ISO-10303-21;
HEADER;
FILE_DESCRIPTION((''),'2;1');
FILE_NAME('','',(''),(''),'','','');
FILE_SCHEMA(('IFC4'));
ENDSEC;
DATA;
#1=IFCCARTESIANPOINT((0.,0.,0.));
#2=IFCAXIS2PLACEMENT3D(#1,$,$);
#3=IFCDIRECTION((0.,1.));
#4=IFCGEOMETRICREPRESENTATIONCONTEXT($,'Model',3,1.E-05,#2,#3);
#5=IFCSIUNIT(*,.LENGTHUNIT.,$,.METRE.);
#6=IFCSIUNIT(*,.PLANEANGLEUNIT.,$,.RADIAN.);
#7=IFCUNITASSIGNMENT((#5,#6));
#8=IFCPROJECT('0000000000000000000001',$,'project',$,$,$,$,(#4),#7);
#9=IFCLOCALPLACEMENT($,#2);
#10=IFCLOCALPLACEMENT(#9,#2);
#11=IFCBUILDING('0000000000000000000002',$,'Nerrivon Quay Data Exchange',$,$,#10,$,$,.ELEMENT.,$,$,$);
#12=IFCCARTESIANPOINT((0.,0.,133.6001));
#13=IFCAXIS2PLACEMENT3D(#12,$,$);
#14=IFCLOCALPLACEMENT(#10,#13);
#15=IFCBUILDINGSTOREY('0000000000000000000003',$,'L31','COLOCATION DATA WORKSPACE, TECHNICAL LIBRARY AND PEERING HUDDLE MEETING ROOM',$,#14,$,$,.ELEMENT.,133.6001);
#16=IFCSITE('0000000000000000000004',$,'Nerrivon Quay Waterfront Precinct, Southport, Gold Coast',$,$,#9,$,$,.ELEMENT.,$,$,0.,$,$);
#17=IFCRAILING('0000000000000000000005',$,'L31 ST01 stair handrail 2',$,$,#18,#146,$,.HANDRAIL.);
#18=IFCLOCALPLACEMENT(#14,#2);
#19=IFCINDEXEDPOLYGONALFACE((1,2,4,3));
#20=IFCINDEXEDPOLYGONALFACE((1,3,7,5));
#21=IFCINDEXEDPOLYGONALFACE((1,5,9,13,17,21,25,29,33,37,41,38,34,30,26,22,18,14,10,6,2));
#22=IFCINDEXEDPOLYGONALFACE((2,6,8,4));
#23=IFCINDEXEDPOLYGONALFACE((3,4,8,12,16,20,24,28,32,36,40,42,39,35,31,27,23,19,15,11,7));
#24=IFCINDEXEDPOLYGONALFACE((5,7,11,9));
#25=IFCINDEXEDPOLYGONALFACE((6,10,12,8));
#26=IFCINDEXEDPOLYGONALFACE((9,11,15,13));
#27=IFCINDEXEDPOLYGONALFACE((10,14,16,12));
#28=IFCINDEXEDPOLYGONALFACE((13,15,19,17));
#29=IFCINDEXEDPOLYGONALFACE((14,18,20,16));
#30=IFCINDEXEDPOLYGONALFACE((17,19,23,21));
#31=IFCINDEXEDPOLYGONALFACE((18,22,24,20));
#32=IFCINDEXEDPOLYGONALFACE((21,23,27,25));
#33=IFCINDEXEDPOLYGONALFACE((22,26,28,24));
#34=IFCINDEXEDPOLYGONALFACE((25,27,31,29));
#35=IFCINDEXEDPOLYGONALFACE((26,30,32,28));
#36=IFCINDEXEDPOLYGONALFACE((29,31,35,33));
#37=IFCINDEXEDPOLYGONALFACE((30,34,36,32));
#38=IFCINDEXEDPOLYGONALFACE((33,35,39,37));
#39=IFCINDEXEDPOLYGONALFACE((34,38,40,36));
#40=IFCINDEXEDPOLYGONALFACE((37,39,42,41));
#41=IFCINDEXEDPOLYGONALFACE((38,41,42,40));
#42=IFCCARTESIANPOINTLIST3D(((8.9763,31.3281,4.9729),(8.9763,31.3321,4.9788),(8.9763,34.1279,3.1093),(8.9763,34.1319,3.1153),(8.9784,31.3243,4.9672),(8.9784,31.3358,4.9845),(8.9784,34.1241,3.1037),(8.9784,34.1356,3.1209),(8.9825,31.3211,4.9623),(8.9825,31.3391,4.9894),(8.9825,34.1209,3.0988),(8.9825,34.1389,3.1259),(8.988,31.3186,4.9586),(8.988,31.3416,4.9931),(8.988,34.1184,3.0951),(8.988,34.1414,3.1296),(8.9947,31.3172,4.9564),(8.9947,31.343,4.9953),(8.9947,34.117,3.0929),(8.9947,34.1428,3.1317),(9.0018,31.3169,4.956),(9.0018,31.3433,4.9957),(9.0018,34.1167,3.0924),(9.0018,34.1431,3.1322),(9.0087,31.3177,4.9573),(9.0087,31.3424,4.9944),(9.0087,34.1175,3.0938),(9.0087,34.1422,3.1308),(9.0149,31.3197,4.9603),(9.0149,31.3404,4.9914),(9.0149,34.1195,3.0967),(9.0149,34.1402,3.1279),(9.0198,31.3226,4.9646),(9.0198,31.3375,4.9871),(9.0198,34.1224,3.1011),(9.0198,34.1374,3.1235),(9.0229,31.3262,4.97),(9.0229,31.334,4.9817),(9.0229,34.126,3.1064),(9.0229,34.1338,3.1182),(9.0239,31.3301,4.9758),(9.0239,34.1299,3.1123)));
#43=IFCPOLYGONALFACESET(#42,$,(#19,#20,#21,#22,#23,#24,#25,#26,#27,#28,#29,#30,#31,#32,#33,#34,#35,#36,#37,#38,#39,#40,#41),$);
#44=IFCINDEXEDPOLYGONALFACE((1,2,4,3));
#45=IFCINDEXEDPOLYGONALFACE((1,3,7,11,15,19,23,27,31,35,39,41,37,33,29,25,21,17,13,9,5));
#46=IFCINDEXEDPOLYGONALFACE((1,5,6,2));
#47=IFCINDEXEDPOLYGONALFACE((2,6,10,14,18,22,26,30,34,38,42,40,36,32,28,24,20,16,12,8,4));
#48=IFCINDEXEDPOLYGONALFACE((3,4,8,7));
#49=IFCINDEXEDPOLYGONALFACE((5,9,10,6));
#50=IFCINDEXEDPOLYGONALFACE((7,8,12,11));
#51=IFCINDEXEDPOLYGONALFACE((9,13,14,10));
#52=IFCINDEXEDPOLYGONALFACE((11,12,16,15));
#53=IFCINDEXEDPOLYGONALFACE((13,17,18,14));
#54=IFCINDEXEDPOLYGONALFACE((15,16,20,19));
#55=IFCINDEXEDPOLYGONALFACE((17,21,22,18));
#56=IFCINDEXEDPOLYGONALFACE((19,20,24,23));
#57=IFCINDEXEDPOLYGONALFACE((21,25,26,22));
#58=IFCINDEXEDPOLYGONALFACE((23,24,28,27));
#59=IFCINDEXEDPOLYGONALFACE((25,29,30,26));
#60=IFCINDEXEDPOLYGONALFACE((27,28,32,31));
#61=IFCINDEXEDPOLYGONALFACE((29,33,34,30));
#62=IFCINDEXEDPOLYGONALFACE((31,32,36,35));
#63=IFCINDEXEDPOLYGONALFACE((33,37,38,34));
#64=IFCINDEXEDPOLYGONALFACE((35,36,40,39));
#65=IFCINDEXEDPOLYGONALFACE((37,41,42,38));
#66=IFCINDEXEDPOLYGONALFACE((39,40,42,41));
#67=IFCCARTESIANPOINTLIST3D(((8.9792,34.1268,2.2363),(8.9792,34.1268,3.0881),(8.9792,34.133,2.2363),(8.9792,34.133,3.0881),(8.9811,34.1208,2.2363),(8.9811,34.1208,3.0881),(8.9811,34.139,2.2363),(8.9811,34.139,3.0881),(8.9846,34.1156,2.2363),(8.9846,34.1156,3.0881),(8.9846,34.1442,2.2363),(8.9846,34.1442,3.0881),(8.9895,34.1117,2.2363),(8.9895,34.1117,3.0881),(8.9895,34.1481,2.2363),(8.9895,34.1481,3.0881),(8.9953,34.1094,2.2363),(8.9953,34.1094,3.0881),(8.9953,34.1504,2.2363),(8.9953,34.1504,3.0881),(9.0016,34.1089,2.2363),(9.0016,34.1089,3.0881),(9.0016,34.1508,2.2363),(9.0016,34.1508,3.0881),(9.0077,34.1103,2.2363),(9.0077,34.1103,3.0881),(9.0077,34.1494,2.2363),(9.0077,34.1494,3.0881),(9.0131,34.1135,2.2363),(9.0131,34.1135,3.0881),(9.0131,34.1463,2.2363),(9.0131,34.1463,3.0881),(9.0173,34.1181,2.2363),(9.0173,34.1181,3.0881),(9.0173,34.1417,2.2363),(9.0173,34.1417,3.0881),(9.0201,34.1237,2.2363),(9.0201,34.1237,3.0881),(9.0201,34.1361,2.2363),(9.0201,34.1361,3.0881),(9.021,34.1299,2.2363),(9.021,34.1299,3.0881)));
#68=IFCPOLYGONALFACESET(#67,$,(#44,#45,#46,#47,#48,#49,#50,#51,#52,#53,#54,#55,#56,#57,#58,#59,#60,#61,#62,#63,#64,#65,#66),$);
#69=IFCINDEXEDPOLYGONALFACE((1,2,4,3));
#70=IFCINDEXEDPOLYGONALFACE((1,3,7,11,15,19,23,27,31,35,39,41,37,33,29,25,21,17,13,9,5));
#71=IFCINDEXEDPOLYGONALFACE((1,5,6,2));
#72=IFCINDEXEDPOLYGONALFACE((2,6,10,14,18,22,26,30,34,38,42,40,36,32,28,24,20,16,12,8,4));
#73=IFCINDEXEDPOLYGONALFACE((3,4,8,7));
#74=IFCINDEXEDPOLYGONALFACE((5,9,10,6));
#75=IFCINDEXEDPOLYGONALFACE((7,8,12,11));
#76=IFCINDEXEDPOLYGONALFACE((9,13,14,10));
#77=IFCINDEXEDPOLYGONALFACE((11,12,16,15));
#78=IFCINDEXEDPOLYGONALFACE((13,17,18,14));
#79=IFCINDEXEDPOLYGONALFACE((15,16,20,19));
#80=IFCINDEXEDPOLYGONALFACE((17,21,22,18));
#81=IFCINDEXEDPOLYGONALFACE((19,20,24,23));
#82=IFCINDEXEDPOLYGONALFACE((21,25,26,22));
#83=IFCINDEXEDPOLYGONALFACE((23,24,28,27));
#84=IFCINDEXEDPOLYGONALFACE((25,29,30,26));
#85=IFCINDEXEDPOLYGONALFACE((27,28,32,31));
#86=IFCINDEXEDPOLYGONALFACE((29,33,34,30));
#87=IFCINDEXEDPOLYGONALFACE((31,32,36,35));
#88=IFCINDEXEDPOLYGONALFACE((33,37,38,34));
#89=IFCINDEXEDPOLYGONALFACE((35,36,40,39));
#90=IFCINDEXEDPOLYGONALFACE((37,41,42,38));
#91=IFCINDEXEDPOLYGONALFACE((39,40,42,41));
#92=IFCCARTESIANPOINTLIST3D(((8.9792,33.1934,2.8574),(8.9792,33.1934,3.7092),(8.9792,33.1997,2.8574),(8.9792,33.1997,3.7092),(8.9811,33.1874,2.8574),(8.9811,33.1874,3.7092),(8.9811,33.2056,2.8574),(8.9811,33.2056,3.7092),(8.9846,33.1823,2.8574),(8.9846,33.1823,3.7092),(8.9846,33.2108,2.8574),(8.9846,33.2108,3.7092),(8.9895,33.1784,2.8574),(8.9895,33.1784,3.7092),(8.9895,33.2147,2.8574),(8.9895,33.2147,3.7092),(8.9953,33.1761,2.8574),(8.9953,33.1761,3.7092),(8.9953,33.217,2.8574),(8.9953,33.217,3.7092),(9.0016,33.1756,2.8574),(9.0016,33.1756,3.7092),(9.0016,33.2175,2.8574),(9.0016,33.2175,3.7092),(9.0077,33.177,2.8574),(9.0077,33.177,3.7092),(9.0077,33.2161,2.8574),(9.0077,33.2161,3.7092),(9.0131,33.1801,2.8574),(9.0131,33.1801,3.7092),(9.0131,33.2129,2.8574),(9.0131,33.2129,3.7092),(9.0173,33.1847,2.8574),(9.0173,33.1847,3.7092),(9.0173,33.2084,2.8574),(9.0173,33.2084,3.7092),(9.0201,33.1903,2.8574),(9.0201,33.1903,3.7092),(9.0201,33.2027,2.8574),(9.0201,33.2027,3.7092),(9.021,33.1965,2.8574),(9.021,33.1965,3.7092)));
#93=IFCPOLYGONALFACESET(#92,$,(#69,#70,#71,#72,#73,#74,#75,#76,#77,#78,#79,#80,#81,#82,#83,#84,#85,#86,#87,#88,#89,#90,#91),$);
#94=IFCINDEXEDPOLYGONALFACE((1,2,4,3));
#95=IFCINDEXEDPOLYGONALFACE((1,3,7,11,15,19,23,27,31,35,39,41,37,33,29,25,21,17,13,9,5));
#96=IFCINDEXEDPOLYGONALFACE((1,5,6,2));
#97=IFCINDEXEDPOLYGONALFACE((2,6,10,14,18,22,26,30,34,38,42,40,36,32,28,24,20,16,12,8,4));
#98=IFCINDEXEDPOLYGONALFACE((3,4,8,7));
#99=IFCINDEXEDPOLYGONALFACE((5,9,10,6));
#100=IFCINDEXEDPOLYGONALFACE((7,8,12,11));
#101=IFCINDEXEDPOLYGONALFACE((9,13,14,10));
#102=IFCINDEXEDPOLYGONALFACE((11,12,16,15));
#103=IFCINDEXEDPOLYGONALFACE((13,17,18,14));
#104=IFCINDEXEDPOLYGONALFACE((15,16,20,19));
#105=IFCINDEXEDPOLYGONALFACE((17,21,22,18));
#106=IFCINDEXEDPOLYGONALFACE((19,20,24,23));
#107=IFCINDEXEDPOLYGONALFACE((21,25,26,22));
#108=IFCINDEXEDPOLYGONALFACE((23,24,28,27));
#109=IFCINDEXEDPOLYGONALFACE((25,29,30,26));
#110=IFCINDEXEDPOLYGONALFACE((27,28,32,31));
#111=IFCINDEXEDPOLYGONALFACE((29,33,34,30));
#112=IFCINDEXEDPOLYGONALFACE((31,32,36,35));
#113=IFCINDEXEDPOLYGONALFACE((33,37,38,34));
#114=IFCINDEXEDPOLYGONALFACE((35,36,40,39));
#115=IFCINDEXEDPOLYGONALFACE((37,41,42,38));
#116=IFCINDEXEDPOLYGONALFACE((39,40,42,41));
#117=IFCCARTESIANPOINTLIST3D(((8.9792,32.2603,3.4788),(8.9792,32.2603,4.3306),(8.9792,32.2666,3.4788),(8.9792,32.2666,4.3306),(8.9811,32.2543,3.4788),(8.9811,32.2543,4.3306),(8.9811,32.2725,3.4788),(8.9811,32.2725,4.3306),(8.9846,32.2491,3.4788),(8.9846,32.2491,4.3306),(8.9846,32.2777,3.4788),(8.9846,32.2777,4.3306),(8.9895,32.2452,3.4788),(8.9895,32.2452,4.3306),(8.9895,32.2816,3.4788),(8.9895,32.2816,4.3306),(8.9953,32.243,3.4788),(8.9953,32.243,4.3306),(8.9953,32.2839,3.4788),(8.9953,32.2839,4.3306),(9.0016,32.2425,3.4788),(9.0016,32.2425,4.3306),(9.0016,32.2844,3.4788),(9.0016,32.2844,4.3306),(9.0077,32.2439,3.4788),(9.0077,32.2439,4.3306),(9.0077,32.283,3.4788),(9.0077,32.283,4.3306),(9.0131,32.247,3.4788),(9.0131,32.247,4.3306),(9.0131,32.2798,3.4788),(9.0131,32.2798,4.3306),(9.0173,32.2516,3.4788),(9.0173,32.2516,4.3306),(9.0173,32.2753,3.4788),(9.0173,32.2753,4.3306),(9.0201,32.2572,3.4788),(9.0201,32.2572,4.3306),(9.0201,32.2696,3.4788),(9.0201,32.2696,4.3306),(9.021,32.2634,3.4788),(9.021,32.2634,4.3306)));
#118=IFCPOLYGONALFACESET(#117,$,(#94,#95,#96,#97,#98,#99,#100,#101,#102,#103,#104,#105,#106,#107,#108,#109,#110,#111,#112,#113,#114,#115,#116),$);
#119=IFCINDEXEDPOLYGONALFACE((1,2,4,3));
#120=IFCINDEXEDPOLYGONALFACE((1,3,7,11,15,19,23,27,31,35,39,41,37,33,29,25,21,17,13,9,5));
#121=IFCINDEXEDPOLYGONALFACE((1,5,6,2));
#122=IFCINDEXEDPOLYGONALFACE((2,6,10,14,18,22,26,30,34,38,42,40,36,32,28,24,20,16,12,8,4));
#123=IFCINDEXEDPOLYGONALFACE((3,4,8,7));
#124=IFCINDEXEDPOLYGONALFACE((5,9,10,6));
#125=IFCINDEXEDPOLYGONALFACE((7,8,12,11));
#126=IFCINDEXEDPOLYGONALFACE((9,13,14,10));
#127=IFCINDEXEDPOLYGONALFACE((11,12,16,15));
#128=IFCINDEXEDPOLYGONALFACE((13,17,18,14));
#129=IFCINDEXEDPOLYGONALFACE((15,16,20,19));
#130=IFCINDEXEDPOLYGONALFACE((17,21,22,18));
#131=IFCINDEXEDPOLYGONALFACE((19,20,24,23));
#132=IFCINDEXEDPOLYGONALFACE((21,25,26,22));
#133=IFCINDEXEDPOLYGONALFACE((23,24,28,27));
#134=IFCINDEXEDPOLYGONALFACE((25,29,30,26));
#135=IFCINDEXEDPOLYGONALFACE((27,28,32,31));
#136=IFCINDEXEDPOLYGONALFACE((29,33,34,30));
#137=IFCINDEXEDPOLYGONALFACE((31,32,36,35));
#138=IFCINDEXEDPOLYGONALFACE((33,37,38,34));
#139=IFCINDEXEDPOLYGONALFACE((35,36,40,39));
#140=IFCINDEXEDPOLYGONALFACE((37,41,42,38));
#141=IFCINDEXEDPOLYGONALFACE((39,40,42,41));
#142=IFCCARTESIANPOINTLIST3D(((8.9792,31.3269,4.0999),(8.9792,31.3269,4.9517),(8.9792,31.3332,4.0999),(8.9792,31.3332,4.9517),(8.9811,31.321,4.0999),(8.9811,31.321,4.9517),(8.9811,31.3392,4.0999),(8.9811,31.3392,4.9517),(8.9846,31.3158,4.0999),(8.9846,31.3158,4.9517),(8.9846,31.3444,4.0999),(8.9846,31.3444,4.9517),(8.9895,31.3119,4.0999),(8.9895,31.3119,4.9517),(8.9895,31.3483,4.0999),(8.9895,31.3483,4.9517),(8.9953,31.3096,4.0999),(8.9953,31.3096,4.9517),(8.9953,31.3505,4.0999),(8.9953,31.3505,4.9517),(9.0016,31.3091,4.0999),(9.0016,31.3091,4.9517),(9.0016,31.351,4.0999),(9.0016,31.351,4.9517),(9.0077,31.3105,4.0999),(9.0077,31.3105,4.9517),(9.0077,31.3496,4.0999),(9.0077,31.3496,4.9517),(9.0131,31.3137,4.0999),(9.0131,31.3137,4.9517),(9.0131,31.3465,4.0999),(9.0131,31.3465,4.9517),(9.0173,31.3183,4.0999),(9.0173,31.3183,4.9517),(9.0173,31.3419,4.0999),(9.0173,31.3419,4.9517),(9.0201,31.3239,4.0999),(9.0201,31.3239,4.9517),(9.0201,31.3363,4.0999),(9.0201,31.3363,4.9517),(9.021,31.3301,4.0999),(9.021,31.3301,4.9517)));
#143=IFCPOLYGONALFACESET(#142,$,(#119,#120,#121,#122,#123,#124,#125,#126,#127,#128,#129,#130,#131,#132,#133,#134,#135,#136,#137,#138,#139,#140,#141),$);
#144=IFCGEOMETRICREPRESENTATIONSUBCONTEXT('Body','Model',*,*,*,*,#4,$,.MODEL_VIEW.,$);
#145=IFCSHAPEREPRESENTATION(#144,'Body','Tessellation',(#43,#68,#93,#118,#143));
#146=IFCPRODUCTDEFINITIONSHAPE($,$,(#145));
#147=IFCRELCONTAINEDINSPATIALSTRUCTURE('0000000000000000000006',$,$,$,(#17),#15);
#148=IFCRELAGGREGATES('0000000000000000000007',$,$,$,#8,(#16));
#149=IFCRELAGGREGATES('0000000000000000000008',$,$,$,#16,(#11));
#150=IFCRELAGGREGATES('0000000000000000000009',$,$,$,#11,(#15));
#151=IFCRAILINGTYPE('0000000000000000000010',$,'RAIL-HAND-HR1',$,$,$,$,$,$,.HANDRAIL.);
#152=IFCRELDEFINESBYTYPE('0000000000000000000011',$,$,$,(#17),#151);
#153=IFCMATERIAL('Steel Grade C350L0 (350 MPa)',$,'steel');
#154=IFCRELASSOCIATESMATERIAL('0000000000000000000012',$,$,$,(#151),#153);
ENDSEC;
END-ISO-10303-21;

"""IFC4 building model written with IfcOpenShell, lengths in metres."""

from ifc_helpers import new_model, si_unit, direction, frame, origin, origin_2d, place, context, subcontext, project, spatial, circle, extrude, material, type_object, element, save


model = new_model("IFC4")

# Units and contexts
model_context = context("Model", 3, precision=1e-05, world=origin(), true_north=direction((0.0, 1.0)))
body_context = subcontext(model_context, "Body", "Model", "MODEL_VIEW")
ifc_project = project(units=[si_unit("LENGTHUNIT", "METRE"), si_unit("PLANEANGLEUNIT", "RADIAN")], contexts=[model_context])

# Site, building, storey
site_placement = place(None, origin())
site = spatial("IfcSite", under=ifc_project, at=site_placement, Name="Nerrivon Quay Waterfront Precinct, Southport, Gold Coast", CompositionType="ELEMENT", RefElevation=0.0)
building_placement = place(site_placement, origin())
building = spatial("IfcBuilding", under=site, at=building_placement, Name="Nerrivon Quay Data Exchange", CompositionType="ELEMENT")
storey_placement = place(building_placement, frame((0.0, 0.0, 133.6001)))
storey = spatial("IfcBuildingStorey", under=building, at=storey_placement, Name="L31", Description="COLOCATION DATA WORKSPACE, TECHNICAL LIBRARY AND PEERING HUDDLE MEETING ROOM", CompositionType="ELEMENT", Elevation=133.6001)

# Railing
ifc_material_1 = material(Name="Steel Grade C350L0 (350 MPa)", Category="steel")
railing_type_1 = type_object("IfcRailingType", Name="RAIL-HAND-HR1", PredefinedType="HANDRAIL", material=ifc_material_1)
railing_1_placement = place(storey_placement, frame((9.0, 34.1299, 2.2363)))
element("IfcRailing", 1, at=railing_1_placement, inside=storey, type_object=railing_type_1, Name="L31 ST01 stair handrail 2", PredefinedType="HANDRAIL", context=body_context, shape_type="SweptSolid", body=[
    extrude(circle(Radius=0.0239, at=origin_2d()), frame((0.0, 0.0, 0.876), z_axis=(0.0, -0.832463, 0.55408), x_axis=(1.0, 0.0, 0.0)), (0.0, 0.0, 1.0), 3.3633),
    extrude(circle(Radius=0.021, at=origin_2d()), origin(), (0.0, 0.0, 1.0), 0.8518),
    extrude(circle(Radius=0.021, at=origin_2d()), frame((0.0, -0.9333, 0.6211)), (0.0, 0.0, 1.0), 0.8518),
    extrude(circle(Radius=0.021, at=origin_2d()), frame((0.0, -1.8665, 1.2424)), (0.0, 0.0, 1.0), 0.8518),
    extrude(circle(Radius=0.021, at=origin_2d()), frame((0.0, -2.7998, 1.8635)), (0.0, 0.0, 1.0), 0.8518),
])

save(model, "model.ifc")
